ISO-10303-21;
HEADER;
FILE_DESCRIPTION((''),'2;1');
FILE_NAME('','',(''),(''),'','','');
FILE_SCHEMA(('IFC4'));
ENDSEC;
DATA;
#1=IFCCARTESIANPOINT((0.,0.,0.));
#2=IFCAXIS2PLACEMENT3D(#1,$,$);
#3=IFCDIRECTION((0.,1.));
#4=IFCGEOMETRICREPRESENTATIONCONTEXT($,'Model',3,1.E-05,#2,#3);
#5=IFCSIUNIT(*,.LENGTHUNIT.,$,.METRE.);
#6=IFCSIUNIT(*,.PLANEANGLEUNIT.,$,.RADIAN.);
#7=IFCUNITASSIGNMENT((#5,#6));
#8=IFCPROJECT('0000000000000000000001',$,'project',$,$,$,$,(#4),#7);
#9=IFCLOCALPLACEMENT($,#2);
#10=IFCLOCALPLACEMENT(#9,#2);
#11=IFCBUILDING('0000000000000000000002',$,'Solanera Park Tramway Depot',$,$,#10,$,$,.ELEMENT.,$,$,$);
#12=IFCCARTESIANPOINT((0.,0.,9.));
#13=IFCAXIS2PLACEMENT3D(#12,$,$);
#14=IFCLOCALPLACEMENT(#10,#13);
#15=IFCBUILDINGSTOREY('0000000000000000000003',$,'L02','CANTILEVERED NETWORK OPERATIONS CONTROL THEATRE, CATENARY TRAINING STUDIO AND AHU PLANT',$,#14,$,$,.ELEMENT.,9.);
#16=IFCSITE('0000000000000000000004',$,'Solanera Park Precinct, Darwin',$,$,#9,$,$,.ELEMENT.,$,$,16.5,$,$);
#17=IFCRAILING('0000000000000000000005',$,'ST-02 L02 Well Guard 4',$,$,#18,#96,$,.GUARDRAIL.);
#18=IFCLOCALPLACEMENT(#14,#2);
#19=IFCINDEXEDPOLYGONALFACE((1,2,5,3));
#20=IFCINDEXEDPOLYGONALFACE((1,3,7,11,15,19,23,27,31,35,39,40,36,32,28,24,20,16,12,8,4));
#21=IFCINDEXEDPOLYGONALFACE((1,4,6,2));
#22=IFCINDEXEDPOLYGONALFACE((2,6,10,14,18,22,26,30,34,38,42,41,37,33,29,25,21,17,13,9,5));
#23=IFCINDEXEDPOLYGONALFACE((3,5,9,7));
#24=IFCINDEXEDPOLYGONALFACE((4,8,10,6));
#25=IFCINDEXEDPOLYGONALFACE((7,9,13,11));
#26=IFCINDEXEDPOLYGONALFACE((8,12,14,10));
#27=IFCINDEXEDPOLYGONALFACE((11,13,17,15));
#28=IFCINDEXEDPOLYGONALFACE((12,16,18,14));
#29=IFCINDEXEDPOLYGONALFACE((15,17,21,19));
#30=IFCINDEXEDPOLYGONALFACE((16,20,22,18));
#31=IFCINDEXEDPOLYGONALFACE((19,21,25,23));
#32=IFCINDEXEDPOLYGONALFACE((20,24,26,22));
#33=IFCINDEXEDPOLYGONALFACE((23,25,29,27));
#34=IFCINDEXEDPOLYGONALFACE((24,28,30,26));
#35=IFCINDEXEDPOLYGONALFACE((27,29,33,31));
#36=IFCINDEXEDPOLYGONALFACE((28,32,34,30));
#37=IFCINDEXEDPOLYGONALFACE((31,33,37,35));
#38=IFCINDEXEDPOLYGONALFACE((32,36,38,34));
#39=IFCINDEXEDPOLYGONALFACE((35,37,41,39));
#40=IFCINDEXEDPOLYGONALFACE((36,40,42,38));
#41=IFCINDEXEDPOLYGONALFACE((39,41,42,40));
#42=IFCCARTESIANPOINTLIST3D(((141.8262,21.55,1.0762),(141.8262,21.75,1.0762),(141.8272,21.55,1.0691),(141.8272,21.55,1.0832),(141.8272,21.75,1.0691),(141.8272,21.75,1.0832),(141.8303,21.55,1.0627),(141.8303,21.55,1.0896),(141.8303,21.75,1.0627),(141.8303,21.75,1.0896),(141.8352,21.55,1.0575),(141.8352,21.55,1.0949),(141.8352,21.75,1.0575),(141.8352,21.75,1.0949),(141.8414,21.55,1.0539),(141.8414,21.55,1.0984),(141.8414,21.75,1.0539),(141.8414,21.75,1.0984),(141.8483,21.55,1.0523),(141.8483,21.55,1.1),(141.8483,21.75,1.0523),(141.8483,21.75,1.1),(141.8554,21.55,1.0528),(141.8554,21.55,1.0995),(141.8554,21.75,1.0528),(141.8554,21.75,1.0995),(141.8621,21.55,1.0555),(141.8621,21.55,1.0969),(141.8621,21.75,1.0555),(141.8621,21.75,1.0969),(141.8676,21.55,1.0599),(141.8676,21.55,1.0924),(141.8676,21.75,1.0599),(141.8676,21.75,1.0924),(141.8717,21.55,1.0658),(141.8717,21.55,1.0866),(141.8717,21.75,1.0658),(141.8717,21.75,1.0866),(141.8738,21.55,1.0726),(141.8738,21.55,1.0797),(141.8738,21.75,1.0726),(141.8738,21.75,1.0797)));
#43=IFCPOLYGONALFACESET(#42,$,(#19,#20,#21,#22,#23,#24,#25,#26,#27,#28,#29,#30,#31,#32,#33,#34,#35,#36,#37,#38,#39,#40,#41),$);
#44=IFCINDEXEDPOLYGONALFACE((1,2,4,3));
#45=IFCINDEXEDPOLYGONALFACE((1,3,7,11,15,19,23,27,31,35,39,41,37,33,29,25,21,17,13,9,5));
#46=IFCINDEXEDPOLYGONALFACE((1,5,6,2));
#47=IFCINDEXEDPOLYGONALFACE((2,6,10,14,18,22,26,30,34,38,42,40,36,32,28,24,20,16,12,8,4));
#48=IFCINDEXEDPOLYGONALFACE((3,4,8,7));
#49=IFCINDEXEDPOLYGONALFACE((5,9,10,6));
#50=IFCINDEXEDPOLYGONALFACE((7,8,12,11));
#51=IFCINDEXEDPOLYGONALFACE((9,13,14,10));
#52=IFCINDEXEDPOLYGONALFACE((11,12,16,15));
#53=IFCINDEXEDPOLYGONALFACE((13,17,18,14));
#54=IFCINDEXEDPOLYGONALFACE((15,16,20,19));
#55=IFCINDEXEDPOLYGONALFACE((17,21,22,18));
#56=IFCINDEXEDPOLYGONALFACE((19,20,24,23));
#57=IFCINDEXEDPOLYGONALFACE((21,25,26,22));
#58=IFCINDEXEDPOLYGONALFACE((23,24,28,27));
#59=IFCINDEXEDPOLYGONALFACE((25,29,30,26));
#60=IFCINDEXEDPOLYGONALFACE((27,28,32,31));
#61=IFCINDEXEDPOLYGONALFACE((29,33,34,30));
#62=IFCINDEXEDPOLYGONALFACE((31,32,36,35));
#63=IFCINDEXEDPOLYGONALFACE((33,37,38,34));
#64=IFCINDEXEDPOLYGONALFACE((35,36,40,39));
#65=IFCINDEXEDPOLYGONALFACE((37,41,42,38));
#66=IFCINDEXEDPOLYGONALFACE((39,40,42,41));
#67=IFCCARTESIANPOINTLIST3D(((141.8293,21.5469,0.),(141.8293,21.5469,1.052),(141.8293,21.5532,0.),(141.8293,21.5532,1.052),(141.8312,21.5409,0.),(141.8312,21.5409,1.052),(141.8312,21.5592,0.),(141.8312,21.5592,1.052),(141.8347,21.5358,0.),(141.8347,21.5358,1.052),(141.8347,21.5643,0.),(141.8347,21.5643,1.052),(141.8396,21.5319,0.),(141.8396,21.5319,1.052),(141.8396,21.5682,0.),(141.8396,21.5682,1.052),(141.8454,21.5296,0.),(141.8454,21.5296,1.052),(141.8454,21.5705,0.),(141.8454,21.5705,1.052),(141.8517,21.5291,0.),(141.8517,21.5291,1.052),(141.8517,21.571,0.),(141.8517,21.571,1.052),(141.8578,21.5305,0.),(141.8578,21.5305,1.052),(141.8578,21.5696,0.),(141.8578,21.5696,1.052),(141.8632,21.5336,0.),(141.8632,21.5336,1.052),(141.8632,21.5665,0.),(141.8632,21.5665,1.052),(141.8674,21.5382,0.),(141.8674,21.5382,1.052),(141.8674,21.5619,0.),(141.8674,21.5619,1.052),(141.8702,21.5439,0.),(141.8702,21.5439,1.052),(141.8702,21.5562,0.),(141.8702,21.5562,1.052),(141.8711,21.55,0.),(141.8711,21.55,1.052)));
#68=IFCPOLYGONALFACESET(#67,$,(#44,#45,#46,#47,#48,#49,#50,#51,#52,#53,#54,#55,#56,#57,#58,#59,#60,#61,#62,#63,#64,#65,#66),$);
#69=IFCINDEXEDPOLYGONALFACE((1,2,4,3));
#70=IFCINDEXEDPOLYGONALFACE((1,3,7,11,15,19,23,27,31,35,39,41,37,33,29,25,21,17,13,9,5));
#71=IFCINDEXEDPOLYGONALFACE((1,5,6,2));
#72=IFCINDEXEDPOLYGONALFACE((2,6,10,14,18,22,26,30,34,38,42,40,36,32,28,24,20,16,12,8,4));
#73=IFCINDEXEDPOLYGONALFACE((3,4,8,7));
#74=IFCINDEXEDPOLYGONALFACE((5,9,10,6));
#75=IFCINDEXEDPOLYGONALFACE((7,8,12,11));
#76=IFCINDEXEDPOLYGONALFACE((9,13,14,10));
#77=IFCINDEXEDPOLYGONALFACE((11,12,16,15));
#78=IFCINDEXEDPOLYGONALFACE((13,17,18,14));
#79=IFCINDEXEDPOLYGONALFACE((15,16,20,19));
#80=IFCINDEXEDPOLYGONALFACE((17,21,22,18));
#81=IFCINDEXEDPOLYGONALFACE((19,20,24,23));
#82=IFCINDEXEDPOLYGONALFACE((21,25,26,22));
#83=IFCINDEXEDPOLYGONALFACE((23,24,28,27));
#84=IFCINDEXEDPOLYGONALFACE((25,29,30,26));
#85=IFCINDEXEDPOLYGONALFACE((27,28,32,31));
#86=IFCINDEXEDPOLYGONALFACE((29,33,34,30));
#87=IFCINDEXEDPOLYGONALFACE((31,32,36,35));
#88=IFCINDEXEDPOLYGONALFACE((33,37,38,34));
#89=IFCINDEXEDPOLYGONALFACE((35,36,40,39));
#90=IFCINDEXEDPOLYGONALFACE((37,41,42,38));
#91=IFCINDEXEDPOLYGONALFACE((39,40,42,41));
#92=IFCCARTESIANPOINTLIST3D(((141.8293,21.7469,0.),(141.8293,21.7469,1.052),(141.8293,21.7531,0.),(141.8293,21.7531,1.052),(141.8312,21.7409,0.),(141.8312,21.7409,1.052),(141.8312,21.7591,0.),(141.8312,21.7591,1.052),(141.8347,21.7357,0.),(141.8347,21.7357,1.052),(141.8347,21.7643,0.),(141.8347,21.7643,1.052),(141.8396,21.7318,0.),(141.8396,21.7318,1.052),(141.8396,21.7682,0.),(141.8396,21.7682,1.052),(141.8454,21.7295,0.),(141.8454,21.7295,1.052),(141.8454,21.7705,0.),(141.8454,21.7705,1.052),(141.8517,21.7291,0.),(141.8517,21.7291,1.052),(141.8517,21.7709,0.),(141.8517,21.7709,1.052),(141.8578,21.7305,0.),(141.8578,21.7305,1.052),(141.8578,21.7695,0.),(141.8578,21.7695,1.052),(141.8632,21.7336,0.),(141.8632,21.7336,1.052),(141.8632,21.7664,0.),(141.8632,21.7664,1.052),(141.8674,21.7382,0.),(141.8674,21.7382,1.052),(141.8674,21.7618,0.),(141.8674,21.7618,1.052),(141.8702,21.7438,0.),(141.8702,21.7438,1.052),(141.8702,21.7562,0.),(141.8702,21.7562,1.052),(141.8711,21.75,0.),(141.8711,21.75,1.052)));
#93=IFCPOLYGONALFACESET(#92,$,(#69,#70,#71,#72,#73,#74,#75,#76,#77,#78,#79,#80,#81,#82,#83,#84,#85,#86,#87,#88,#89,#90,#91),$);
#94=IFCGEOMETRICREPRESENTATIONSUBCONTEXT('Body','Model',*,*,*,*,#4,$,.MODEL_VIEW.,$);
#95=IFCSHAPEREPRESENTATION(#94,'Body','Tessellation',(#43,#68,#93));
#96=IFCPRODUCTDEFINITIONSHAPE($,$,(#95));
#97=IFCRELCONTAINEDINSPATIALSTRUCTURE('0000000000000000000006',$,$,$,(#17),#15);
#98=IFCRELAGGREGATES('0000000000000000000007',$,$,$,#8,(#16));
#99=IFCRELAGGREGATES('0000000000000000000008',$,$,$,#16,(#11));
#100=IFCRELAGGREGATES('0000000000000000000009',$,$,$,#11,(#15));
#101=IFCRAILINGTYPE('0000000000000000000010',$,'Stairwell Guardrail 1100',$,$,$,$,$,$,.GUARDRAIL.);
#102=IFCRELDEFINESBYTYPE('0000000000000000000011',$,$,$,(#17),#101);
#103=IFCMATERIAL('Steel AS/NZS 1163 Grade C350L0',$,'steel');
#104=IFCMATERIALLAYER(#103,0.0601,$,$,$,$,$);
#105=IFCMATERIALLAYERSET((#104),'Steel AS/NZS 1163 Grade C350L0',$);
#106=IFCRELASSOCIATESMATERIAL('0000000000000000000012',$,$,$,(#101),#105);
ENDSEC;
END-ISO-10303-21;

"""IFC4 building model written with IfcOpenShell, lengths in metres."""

from ifc_helpers import new_model, si_unit, direction, frame, origin, origin_2d, place, context, subcontext, project, spatial, circle, extrude, material, layer, layer_set, type_object, element, save


model = new_model("IFC4")

# Units and contexts
model_context = context("Model", 3, precision=1e-05, world=origin(), true_north=direction((0.0, 1.0)))
body_context = subcontext(model_context, "Body", "Model", "MODEL_VIEW")
ifc_project = project(units=[si_unit("LENGTHUNIT", "METRE"), si_unit("PLANEANGLEUNIT", "RADIAN")], contexts=[model_context])

# Site, building, storey
site_placement = place(None, origin())
site = spatial("IfcSite", under=ifc_project, at=site_placement, Name="Solanera Park Precinct, Darwin", CompositionType="ELEMENT", RefElevation=16.5)
building_placement = place(site_placement, origin())
building = spatial("IfcBuilding", under=site, at=building_placement, Name="Solanera Park Tramway Depot", CompositionType="ELEMENT")
storey_placement = place(building_placement, frame((0.0, 0.0, 9.0)))
storey = spatial("IfcBuildingStorey", under=building, at=storey_placement, Name="L02", Description="CANTILEVERED NETWORK OPERATIONS CONTROL THEATRE, CATENARY TRAINING STUDIO AND AHU PLANT", CompositionType="ELEMENT", Elevation=9.0)

# Railing
ifc_material_1 = material(Name="Steel AS/NZS 1163 Grade C350L0", Category="steel")
ifc_layer_1 = layer(ifc_material_1, 0.0601)
ifc_layer_set_1 = layer_set([ifc_layer_1], Name="Steel AS/NZS 1163 Grade C350L0")
railing_type_1 = type_object("IfcRailingType", Name="Stairwell Guardrail 1100", PredefinedType="GUARDRAIL", material=ifc_layer_set_1)
railing_1_placement = place(storey_placement, frame((141.8501, 21.55, 0.0)))
element("IfcRailing", 1, at=railing_1_placement, inside=storey, type_object=railing_type_1, Name="ST-02 L02 Well Guard 4", PredefinedType="GUARDRAIL", context=body_context, shape_type="SweptSolid", body=[
    extrude(circle(Radius=0.0239, at=origin_2d()), frame((0.0, 0.0, 1.0762), z_axis=(0.0, 1.0, 0.0), x_axis=(-1.0, 0.0, 0.0)), (0.0, 0.0, 1.0), 0.2),
    extrude(circle(Radius=0.021, at=origin_2d()), origin(), (0.0, 0.0, 1.0), 1.052),
    extrude(circle(Radius=0.021, at=origin_2d()), frame((0.0, 0.2, 0.0)), (0.0, 0.0, 1.0), 1.052),
])

save(model, "model.ifc")
